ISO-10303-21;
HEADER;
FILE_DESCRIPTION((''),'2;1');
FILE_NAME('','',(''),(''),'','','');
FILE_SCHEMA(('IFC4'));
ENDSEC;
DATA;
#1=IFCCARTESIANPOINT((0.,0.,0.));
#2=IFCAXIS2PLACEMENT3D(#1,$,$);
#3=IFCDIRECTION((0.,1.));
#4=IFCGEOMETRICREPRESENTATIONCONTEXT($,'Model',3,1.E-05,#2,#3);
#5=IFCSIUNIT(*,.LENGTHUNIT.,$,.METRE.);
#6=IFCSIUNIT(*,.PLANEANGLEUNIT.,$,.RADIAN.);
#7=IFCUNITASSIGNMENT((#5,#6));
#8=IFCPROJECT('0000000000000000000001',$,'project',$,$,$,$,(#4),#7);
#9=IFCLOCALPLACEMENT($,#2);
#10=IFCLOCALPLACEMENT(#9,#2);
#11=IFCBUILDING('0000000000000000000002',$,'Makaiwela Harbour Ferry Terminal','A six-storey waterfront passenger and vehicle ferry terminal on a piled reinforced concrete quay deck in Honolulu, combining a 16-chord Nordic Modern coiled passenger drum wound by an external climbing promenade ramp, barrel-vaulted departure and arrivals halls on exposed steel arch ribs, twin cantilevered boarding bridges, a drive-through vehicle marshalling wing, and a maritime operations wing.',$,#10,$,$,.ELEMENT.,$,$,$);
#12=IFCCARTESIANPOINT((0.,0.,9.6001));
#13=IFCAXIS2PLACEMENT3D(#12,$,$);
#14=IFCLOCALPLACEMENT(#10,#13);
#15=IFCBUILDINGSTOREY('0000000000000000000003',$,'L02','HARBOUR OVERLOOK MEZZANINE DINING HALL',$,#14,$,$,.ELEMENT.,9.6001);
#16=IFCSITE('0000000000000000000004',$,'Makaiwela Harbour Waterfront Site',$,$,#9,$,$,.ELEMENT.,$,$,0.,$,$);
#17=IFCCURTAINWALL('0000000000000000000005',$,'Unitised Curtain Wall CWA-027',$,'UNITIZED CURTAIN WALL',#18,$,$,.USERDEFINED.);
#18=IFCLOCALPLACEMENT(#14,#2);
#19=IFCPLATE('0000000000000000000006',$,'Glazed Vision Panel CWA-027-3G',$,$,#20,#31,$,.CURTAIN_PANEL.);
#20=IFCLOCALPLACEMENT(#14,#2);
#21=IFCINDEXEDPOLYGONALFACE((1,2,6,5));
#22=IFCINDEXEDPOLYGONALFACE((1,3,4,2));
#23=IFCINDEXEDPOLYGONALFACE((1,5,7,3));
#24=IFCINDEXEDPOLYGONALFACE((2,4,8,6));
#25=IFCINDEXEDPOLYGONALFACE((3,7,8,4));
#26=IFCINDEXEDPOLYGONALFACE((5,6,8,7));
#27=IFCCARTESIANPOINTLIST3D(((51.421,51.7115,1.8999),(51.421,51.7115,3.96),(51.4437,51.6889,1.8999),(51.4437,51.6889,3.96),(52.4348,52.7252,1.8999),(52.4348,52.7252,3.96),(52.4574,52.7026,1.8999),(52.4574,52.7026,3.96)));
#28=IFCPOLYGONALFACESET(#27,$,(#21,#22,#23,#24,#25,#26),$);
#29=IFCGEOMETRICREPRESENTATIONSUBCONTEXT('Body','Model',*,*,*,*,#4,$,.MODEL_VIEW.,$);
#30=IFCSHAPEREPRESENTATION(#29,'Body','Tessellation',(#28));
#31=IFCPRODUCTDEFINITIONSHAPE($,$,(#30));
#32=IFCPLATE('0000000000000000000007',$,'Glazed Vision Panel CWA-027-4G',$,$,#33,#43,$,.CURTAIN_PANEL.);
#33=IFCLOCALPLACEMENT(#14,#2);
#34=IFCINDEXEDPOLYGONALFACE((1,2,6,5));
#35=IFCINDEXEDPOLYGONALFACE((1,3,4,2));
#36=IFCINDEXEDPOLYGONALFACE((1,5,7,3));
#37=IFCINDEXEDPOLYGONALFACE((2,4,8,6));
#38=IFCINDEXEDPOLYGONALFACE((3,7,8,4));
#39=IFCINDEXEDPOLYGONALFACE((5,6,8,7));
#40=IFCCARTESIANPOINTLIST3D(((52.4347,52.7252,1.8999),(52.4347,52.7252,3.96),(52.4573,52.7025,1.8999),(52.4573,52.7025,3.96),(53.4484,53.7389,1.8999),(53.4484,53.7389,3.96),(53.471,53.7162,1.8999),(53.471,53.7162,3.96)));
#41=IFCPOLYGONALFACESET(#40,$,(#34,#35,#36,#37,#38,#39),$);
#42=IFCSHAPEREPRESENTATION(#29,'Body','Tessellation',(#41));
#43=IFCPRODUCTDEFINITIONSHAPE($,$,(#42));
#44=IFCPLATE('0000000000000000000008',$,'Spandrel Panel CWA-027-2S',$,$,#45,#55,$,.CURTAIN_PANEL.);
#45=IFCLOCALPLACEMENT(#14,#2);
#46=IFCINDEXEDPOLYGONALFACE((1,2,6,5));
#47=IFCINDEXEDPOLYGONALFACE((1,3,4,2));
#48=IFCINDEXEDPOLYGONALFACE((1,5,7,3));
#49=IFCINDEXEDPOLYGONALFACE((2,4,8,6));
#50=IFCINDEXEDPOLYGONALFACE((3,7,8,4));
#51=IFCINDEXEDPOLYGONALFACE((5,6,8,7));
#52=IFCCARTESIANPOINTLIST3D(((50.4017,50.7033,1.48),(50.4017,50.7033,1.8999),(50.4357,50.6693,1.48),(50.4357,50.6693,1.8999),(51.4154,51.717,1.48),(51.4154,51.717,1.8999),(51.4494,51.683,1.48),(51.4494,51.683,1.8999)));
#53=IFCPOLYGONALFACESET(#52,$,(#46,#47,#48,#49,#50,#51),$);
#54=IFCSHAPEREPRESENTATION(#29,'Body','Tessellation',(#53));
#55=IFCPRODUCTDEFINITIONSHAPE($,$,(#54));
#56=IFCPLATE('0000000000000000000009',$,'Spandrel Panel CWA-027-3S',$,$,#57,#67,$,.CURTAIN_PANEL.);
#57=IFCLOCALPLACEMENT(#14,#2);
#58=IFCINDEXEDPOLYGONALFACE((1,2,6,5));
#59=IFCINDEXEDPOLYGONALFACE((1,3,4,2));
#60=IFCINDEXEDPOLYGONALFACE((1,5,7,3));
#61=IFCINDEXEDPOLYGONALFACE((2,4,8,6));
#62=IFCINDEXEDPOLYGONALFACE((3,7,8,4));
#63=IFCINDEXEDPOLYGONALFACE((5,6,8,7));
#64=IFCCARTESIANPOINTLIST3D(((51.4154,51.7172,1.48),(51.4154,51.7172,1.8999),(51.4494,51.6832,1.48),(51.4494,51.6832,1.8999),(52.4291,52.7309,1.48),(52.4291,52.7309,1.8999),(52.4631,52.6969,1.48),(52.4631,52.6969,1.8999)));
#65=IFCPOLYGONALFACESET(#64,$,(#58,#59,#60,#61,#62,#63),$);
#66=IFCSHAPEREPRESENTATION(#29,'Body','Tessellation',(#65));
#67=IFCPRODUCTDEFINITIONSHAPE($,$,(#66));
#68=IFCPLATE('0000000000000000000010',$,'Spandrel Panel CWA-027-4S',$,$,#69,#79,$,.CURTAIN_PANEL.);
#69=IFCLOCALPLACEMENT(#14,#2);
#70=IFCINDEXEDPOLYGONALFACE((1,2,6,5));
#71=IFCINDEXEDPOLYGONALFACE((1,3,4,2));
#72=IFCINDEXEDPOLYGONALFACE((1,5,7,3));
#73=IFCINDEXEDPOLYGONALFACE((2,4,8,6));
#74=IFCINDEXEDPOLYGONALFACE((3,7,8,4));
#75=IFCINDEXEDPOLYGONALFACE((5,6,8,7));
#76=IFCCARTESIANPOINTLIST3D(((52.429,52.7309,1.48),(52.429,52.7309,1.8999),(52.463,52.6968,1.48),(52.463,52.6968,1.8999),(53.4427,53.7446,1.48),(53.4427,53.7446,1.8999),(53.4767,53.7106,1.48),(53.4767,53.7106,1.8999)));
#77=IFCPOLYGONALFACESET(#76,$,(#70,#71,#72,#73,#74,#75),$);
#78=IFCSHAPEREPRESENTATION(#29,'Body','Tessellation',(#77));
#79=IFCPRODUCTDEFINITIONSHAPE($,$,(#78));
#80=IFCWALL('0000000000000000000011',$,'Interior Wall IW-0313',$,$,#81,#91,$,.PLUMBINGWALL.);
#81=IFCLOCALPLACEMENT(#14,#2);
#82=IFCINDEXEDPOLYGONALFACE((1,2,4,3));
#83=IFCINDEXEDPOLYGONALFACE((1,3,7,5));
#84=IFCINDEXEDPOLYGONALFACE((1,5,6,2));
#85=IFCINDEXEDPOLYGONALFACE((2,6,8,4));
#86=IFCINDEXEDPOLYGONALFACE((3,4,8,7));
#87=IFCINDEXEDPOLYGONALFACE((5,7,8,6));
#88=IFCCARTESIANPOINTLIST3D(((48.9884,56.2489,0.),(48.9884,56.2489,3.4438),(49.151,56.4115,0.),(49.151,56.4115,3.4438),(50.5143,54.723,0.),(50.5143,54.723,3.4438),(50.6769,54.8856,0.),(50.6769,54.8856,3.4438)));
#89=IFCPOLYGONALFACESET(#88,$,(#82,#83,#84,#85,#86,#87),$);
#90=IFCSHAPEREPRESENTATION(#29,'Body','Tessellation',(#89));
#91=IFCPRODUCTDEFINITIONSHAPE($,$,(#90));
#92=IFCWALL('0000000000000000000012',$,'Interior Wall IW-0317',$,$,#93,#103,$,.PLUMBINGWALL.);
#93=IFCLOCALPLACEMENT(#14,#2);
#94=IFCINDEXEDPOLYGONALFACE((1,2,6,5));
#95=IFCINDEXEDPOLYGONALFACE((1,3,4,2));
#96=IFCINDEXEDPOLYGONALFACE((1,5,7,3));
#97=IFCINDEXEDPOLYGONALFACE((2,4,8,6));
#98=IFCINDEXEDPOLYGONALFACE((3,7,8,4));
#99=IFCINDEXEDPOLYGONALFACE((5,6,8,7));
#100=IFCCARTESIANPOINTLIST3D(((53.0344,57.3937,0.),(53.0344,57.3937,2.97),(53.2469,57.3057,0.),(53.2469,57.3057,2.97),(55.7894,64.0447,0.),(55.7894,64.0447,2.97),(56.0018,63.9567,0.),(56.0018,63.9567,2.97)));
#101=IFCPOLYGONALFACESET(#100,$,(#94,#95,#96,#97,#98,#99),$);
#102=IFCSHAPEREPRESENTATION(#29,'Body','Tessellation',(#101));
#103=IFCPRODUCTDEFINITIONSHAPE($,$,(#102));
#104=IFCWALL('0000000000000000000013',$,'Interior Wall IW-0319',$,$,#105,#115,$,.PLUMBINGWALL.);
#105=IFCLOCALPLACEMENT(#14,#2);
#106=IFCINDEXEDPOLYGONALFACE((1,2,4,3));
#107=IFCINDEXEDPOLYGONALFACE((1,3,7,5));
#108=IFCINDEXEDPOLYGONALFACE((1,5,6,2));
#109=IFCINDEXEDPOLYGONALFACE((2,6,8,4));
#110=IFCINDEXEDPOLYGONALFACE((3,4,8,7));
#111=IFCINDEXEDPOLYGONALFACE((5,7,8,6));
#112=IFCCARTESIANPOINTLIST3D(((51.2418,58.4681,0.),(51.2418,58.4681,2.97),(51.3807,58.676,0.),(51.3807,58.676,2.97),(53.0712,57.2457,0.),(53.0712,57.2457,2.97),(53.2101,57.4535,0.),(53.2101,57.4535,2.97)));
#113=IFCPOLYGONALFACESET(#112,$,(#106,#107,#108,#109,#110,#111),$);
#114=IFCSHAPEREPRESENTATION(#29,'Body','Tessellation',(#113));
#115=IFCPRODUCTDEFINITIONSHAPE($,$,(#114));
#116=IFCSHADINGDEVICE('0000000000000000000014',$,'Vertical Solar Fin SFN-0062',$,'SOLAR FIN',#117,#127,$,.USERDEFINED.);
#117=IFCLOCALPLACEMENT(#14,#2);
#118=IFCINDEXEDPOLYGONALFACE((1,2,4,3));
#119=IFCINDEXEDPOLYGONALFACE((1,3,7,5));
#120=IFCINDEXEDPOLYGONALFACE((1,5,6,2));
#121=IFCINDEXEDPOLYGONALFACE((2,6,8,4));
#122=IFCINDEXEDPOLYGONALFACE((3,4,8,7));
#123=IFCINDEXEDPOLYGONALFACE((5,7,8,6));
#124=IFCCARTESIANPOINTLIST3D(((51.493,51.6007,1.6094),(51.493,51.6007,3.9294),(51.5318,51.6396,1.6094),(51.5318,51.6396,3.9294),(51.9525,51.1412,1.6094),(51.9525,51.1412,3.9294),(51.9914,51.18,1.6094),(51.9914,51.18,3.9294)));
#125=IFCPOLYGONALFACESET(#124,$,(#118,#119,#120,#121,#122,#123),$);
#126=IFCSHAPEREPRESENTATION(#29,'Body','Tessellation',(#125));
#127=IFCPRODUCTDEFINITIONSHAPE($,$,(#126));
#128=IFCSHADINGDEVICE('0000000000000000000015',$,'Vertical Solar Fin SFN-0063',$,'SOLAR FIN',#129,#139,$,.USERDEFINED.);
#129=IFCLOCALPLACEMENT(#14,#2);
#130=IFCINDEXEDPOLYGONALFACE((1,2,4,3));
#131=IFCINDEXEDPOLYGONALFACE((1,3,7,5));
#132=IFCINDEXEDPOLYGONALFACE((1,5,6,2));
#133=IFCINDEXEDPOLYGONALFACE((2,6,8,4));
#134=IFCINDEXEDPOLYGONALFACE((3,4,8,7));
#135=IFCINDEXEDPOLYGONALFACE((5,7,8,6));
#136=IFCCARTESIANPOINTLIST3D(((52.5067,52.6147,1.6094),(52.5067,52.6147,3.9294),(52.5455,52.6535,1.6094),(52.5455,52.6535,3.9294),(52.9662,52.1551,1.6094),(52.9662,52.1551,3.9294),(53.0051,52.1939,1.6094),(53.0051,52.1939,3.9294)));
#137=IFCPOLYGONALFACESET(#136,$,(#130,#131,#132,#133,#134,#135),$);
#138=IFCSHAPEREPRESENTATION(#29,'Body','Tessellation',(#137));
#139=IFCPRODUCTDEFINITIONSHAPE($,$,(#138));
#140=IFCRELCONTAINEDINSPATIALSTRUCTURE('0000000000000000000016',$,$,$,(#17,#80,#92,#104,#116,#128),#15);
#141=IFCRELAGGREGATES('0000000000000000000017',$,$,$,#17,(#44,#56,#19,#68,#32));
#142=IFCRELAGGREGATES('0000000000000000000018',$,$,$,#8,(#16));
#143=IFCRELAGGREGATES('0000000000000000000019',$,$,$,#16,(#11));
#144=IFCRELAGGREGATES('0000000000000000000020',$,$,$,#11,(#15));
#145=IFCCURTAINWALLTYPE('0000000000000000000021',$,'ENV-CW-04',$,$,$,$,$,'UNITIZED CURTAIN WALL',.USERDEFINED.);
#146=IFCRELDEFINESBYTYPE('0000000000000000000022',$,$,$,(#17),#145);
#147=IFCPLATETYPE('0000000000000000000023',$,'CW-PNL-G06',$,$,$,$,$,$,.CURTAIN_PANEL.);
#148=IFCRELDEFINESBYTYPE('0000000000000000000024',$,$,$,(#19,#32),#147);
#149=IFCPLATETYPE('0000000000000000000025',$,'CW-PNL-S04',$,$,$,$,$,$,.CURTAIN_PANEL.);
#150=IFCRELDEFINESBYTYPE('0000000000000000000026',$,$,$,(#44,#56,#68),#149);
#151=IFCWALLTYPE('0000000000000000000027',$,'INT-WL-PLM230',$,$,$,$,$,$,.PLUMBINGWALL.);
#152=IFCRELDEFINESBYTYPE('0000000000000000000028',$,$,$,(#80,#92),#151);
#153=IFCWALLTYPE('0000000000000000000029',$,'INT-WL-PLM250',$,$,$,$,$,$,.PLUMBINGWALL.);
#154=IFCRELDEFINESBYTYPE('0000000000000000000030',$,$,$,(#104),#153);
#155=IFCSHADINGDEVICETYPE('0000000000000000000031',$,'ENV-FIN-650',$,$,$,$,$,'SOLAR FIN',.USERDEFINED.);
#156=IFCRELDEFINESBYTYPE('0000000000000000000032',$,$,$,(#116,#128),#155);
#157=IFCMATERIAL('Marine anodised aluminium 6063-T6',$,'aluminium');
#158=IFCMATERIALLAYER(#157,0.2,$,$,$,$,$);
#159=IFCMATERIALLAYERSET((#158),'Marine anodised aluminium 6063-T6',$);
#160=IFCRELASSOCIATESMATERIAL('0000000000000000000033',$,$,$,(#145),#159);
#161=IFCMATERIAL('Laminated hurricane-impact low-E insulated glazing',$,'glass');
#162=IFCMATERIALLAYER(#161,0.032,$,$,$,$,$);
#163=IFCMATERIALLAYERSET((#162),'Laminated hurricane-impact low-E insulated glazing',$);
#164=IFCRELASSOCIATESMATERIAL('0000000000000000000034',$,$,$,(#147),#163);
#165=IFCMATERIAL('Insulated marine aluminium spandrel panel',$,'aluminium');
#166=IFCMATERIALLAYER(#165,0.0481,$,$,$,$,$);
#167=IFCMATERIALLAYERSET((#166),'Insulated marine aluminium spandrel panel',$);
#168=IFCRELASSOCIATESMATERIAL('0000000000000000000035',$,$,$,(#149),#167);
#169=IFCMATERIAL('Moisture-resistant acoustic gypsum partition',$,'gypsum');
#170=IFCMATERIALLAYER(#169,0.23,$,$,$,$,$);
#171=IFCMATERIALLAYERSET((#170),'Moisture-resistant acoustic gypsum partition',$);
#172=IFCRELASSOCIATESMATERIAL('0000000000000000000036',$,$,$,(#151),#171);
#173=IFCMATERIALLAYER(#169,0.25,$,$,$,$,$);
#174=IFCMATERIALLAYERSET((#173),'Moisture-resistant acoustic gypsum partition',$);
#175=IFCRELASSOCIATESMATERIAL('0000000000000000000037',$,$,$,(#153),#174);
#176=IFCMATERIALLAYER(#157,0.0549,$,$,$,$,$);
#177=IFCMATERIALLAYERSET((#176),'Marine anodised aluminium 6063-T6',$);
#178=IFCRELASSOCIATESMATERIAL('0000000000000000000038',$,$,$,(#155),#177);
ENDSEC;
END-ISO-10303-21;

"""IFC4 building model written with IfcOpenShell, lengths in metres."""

from ifc_helpers import new_model, si_unit, direction, frame, frame_2d, origin, origin_2d, place, context, subcontext, project, spatial, rectangle, extrude, material, layer, layer_set, type_object, element, aggregate, save


model = new_model("IFC4")

# Units and contexts
model_context = context("Model", 3, precision=1e-05, world=origin(), true_north=direction((0.0, 1.0)))
body_context = subcontext(model_context, "Body", "Model", "MODEL_VIEW")
ifc_project = project(units=[si_unit("LENGTHUNIT", "METRE"), si_unit("PLANEANGLEUNIT", "RADIAN")], contexts=[model_context])

# Site, building, storey
site_placement = place(None, origin())
site = spatial("IfcSite", under=ifc_project, at=site_placement, Name="Makaiwela Harbour Waterfront Site", CompositionType="ELEMENT", RefElevation=0.0)
building_placement = place(site_placement, origin())
building = spatial("IfcBuilding", under=site, at=building_placement, Name="Makaiwela Harbour Ferry Terminal", Description="A six-storey waterfront passenger and vehicle ferry terminal on a piled reinforced concrete quay deck in Honolulu, combining a 16-chord Nordic Modern coiled passenger drum wound by an external climbing promenade ramp, barrel-vaulted departure and arrivals halls on exposed steel arch ribs, twin cantilevered boarding bridges, a drive-through vehicle marshalling wing, and a maritime operations wing.", CompositionType="ELEMENT")
storey_placement = place(building_placement, frame((0.0, 0.0, 9.6001)))
storey = spatial("IfcBuildingStorey", under=building, at=storey_placement, Name="L02", Description="HARBOUR OVERLOOK MEZZANINE DINING HALL", CompositionType="ELEMENT", Elevation=9.6001)

# Curtain wall, plates
ifc_material_1 = material(Name="Marine anodised aluminium 6063-T6", Category="aluminium")
ifc_layer_1 = layer(ifc_material_1, 0.2)
ifc_layer_set_1 = layer_set([ifc_layer_1], Name="Marine anodised aluminium 6063-T6")
curtain_wall_type = type_object("IfcCurtainWallType", Name="ENV-CW-04", ElementType="UNITIZED CURTAIN WALL", PredefinedType="USERDEFINED", material=ifc_layer_set_1)
curtain_wall_placement = place(storey_placement, origin())
curtain_wall = element("IfcCurtainWall", 1, at=curtain_wall_placement, inside=storey, type_object=curtain_wall_type, Name="Unitised Curtain Wall CWA-027", ObjectType="UNITIZED CURTAIN WALL", PredefinedType="USERDEFINED")
ifc_material_2 = material(Name="Laminated hurricane-impact low-E insulated glazing", Category="glass")
ifc_layer_2 = layer(ifc_material_2, 0.032)
ifc_layer_set_2 = layer_set([ifc_layer_2], Name="Laminated hurricane-impact low-E insulated glazing")
plate_type_1 = type_object("IfcPlateType", Name="CW-PNL-G06", PredefinedType="CURTAIN_PANEL", material=ifc_layer_set_2)
plate_1_placement = place(storey_placement, frame((51.9392, 52.207, 1.8999), z_axis=(0.0, 0.0, 1.0), x_axis=(0.707107, 0.707107, 0.0)))
plate_1 = element("IfcPlate", 2, at=plate_1_placement, type_object=plate_type_1, Name="Glazed Vision Panel CWA-027-3G", PredefinedType="CURTAIN_PANEL", context=body_context, shape_type="SweptSolid", body=[
    extrude(rectangle(XDim=1.4336, YDim=0.032, at=origin_2d()), origin(), (0.0, 0.0, 1.0), 2.0601),
])
plate_2_placement = place(storey_placement, frame((52.9529, 53.2207, 1.8999), z_axis=(0.0, 0.0, 1.0), x_axis=(0.707107, 0.707107, 0.0)))
plate_2 = element("IfcPlate", 3, at=plate_2_placement, type_object=plate_type_1, Name="Glazed Vision Panel CWA-027-4G", PredefinedType="CURTAIN_PANEL", context=body_context, shape_type="SweptSolid", body=[
    extrude(rectangle(XDim=1.4336, YDim=0.032, at=origin_2d()), origin(), (0.0, 0.0, 1.0), 2.0601),
])
ifc_material_3 = material(Name="Insulated marine aluminium spandrel panel", Category="aluminium")
ifc_layer_3 = layer(ifc_material_3, 0.0481)
ifc_layer_set_3 = layer_set([ifc_layer_3], Name="Insulated marine aluminium spandrel panel")
plate_type_2 = type_object("IfcPlateType", Name="CW-PNL-S04", PredefinedType="CURTAIN_PANEL", material=ifc_layer_set_3)
plate_3_placement = place(storey_placement, frame((50.9255, 51.1931, 1.48), z_axis=(0.0, 0.0, 1.0), x_axis=(0.707107, 0.707107, 0.0)))
plate_3 = element("IfcPlate", 4, at=plate_3_placement, type_object=plate_type_2, Name="Spandrel Panel CWA-027-2S", PredefinedType="CURTAIN_PANEL", context=body_context, shape_type="SweptSolid", body=[
    extrude(rectangle(XDim=1.4336, YDim=0.0481, at=origin_2d()), origin(), (0.0, 0.0, 1.0), 0.4199),
])
plate_4_placement = place(storey_placement, frame((51.9392, 52.207, 1.48), z_axis=(0.0, 0.0, 1.0), x_axis=(0.707107, 0.707107, 0.0)))
plate_4 = element("IfcPlate", 5, at=plate_4_placement, type_object=plate_type_2, Name="Spandrel Panel CWA-027-3S", PredefinedType="CURTAIN_PANEL", context=body_context, shape_type="SweptSolid", body=[
    extrude(rectangle(XDim=1.4336, YDim=0.0481, at=origin_2d()), origin(), (0.0, 0.0, 1.0), 0.4199),
])
plate_5_placement = place(storey_placement, frame((52.9529, 53.2207, 1.48), z_axis=(0.0, 0.0, 1.0), x_axis=(0.707107, 0.707107, 0.0)))
plate_5 = element("IfcPlate", 6, at=plate_5_placement, type_object=plate_type_2, Name="Spandrel Panel CWA-027-4S", PredefinedType="CURTAIN_PANEL", context=body_context, shape_type="SweptSolid", body=[
    extrude(rectangle(XDim=1.4336, YDim=0.0481, at=origin_2d()), origin(), (0.0, 0.0, 1.0), 0.4199),
])
aggregate(curtain_wall, [plate_3, plate_4, plate_1, plate_5, plate_2])

# Walls
ifc_material_4 = material(Name="Moisture-resistant acoustic gypsum partition", Category="gypsum")
ifc_layer_4 = layer(ifc_material_4, 0.23)
ifc_layer_set_4 = layer_set([ifc_layer_4], Name="Moisture-resistant acoustic gypsum partition")
wall_type_1 = type_object("IfcWallType", Name="INT-WL-PLM230", PredefinedType="PLUMBINGWALL", material=ifc_layer_set_4)
wall_1_placement = place(storey_placement, frame((49.0696, 56.3303, 0.0), z_axis=(0.0, 0.0, 1.0), x_axis=(0.707107, -0.707107, 0.0)))
element("IfcWall", 7, at=wall_1_placement, inside=storey, type_object=wall_type_1, Name="Interior Wall IW-0313", PredefinedType="PLUMBINGWALL", context=body_context, shape_type="SweptSolid", body=[
    extrude(rectangle(XDim=2.158, YDim=0.23, at=frame_2d((1.0791, 0.0))), origin(), (0.0, 0.0, 1.0), 3.4438),
])
wall_2_placement = place(storey_placement, frame((53.1406, 57.3496, 0.0), z_axis=(0.0, 0.0, 1.0), x_axis=(0.382683, 0.92388, 0.0)))
element("IfcWall", 8, at=wall_2_placement, inside=storey, type_object=wall_type_1, Name="Interior Wall IW-0317", PredefinedType="PLUMBINGWALL", context=body_context, shape_type="SweptSolid", body=[
    extrude(rectangle(XDim=7.199, YDim=0.23, at=frame_2d((3.5996, 0.0))), origin(), (0.0, 0.0, 1.0), 2.97),
])

# Shared definitions
ifc_layer_5 = layer(ifc_material_4, 0.25)
ifc_layer_set_5 = layer_set([ifc_layer_5], Name="Moisture-resistant acoustic gypsum partition")
wall_type_2 = type_object("IfcWallType", Name="INT-WL-PLM250", PredefinedType="PLUMBINGWALL", material=ifc_layer_set_5)

# Wall
wall_3_placement = place(storey_placement, frame((51.3113, 58.572, 0.0), z_axis=(0.0, 0.0, 1.0), x_axis=(0.831452, -0.555596, 0.0)))
element("IfcWall", 9, at=wall_3_placement, inside=storey, type_object=wall_type_2, Name="Interior Wall IW-0319", PredefinedType="PLUMBINGWALL", context=body_context, shape_type="SweptSolid", body=[
    extrude(rectangle(XDim=2.2002, YDim=0.25, at=frame_2d((1.1001, 0.0))), origin(), (0.0, 0.0, 1.0), 2.97),
])

# Shading devices
ifc_layer_6 = layer(ifc_material_1, 0.0549)
ifc_layer_set_6 = layer_set([ifc_layer_6], Name="Marine anodised aluminium 6063-T6")
shading_device_type = type_object("IfcShadingDeviceType", Name="ENV-FIN-650", ElementType="SOLAR FIN", PredefinedType="USERDEFINED", material=ifc_layer_set_6)
for number, where, z_axis, x_axis, name in (
    (10, (51.7422, 51.3904, 1.6094), (0.0, 0.0, 1.0), (0.707107, -0.707107, 0.0), "Vertical Solar Fin SFN-0062"),
    (11, (52.7559, 52.4043, 1.6094), (0.0, 0.0, 1.0), (0.707107, -0.707107, 0.0), "Vertical Solar Fin SFN-0063"),
):
    element("IfcShadingDevice", number, at=place(storey_placement, frame(where, z_axis=z_axis, x_axis=x_axis)), inside=storey, type_object=shading_device_type, Name=name, ObjectType="SOLAR FIN", PredefinedType="USERDEFINED", context=body_context, shape_type="SweptSolid", body=[
        extrude(rectangle(XDim=0.6499, YDim=0.0549, at=origin_2d()), origin(), (0.0, 0.0, 1.0), 2.3201),
    ])

save(model, "model.ifc")
